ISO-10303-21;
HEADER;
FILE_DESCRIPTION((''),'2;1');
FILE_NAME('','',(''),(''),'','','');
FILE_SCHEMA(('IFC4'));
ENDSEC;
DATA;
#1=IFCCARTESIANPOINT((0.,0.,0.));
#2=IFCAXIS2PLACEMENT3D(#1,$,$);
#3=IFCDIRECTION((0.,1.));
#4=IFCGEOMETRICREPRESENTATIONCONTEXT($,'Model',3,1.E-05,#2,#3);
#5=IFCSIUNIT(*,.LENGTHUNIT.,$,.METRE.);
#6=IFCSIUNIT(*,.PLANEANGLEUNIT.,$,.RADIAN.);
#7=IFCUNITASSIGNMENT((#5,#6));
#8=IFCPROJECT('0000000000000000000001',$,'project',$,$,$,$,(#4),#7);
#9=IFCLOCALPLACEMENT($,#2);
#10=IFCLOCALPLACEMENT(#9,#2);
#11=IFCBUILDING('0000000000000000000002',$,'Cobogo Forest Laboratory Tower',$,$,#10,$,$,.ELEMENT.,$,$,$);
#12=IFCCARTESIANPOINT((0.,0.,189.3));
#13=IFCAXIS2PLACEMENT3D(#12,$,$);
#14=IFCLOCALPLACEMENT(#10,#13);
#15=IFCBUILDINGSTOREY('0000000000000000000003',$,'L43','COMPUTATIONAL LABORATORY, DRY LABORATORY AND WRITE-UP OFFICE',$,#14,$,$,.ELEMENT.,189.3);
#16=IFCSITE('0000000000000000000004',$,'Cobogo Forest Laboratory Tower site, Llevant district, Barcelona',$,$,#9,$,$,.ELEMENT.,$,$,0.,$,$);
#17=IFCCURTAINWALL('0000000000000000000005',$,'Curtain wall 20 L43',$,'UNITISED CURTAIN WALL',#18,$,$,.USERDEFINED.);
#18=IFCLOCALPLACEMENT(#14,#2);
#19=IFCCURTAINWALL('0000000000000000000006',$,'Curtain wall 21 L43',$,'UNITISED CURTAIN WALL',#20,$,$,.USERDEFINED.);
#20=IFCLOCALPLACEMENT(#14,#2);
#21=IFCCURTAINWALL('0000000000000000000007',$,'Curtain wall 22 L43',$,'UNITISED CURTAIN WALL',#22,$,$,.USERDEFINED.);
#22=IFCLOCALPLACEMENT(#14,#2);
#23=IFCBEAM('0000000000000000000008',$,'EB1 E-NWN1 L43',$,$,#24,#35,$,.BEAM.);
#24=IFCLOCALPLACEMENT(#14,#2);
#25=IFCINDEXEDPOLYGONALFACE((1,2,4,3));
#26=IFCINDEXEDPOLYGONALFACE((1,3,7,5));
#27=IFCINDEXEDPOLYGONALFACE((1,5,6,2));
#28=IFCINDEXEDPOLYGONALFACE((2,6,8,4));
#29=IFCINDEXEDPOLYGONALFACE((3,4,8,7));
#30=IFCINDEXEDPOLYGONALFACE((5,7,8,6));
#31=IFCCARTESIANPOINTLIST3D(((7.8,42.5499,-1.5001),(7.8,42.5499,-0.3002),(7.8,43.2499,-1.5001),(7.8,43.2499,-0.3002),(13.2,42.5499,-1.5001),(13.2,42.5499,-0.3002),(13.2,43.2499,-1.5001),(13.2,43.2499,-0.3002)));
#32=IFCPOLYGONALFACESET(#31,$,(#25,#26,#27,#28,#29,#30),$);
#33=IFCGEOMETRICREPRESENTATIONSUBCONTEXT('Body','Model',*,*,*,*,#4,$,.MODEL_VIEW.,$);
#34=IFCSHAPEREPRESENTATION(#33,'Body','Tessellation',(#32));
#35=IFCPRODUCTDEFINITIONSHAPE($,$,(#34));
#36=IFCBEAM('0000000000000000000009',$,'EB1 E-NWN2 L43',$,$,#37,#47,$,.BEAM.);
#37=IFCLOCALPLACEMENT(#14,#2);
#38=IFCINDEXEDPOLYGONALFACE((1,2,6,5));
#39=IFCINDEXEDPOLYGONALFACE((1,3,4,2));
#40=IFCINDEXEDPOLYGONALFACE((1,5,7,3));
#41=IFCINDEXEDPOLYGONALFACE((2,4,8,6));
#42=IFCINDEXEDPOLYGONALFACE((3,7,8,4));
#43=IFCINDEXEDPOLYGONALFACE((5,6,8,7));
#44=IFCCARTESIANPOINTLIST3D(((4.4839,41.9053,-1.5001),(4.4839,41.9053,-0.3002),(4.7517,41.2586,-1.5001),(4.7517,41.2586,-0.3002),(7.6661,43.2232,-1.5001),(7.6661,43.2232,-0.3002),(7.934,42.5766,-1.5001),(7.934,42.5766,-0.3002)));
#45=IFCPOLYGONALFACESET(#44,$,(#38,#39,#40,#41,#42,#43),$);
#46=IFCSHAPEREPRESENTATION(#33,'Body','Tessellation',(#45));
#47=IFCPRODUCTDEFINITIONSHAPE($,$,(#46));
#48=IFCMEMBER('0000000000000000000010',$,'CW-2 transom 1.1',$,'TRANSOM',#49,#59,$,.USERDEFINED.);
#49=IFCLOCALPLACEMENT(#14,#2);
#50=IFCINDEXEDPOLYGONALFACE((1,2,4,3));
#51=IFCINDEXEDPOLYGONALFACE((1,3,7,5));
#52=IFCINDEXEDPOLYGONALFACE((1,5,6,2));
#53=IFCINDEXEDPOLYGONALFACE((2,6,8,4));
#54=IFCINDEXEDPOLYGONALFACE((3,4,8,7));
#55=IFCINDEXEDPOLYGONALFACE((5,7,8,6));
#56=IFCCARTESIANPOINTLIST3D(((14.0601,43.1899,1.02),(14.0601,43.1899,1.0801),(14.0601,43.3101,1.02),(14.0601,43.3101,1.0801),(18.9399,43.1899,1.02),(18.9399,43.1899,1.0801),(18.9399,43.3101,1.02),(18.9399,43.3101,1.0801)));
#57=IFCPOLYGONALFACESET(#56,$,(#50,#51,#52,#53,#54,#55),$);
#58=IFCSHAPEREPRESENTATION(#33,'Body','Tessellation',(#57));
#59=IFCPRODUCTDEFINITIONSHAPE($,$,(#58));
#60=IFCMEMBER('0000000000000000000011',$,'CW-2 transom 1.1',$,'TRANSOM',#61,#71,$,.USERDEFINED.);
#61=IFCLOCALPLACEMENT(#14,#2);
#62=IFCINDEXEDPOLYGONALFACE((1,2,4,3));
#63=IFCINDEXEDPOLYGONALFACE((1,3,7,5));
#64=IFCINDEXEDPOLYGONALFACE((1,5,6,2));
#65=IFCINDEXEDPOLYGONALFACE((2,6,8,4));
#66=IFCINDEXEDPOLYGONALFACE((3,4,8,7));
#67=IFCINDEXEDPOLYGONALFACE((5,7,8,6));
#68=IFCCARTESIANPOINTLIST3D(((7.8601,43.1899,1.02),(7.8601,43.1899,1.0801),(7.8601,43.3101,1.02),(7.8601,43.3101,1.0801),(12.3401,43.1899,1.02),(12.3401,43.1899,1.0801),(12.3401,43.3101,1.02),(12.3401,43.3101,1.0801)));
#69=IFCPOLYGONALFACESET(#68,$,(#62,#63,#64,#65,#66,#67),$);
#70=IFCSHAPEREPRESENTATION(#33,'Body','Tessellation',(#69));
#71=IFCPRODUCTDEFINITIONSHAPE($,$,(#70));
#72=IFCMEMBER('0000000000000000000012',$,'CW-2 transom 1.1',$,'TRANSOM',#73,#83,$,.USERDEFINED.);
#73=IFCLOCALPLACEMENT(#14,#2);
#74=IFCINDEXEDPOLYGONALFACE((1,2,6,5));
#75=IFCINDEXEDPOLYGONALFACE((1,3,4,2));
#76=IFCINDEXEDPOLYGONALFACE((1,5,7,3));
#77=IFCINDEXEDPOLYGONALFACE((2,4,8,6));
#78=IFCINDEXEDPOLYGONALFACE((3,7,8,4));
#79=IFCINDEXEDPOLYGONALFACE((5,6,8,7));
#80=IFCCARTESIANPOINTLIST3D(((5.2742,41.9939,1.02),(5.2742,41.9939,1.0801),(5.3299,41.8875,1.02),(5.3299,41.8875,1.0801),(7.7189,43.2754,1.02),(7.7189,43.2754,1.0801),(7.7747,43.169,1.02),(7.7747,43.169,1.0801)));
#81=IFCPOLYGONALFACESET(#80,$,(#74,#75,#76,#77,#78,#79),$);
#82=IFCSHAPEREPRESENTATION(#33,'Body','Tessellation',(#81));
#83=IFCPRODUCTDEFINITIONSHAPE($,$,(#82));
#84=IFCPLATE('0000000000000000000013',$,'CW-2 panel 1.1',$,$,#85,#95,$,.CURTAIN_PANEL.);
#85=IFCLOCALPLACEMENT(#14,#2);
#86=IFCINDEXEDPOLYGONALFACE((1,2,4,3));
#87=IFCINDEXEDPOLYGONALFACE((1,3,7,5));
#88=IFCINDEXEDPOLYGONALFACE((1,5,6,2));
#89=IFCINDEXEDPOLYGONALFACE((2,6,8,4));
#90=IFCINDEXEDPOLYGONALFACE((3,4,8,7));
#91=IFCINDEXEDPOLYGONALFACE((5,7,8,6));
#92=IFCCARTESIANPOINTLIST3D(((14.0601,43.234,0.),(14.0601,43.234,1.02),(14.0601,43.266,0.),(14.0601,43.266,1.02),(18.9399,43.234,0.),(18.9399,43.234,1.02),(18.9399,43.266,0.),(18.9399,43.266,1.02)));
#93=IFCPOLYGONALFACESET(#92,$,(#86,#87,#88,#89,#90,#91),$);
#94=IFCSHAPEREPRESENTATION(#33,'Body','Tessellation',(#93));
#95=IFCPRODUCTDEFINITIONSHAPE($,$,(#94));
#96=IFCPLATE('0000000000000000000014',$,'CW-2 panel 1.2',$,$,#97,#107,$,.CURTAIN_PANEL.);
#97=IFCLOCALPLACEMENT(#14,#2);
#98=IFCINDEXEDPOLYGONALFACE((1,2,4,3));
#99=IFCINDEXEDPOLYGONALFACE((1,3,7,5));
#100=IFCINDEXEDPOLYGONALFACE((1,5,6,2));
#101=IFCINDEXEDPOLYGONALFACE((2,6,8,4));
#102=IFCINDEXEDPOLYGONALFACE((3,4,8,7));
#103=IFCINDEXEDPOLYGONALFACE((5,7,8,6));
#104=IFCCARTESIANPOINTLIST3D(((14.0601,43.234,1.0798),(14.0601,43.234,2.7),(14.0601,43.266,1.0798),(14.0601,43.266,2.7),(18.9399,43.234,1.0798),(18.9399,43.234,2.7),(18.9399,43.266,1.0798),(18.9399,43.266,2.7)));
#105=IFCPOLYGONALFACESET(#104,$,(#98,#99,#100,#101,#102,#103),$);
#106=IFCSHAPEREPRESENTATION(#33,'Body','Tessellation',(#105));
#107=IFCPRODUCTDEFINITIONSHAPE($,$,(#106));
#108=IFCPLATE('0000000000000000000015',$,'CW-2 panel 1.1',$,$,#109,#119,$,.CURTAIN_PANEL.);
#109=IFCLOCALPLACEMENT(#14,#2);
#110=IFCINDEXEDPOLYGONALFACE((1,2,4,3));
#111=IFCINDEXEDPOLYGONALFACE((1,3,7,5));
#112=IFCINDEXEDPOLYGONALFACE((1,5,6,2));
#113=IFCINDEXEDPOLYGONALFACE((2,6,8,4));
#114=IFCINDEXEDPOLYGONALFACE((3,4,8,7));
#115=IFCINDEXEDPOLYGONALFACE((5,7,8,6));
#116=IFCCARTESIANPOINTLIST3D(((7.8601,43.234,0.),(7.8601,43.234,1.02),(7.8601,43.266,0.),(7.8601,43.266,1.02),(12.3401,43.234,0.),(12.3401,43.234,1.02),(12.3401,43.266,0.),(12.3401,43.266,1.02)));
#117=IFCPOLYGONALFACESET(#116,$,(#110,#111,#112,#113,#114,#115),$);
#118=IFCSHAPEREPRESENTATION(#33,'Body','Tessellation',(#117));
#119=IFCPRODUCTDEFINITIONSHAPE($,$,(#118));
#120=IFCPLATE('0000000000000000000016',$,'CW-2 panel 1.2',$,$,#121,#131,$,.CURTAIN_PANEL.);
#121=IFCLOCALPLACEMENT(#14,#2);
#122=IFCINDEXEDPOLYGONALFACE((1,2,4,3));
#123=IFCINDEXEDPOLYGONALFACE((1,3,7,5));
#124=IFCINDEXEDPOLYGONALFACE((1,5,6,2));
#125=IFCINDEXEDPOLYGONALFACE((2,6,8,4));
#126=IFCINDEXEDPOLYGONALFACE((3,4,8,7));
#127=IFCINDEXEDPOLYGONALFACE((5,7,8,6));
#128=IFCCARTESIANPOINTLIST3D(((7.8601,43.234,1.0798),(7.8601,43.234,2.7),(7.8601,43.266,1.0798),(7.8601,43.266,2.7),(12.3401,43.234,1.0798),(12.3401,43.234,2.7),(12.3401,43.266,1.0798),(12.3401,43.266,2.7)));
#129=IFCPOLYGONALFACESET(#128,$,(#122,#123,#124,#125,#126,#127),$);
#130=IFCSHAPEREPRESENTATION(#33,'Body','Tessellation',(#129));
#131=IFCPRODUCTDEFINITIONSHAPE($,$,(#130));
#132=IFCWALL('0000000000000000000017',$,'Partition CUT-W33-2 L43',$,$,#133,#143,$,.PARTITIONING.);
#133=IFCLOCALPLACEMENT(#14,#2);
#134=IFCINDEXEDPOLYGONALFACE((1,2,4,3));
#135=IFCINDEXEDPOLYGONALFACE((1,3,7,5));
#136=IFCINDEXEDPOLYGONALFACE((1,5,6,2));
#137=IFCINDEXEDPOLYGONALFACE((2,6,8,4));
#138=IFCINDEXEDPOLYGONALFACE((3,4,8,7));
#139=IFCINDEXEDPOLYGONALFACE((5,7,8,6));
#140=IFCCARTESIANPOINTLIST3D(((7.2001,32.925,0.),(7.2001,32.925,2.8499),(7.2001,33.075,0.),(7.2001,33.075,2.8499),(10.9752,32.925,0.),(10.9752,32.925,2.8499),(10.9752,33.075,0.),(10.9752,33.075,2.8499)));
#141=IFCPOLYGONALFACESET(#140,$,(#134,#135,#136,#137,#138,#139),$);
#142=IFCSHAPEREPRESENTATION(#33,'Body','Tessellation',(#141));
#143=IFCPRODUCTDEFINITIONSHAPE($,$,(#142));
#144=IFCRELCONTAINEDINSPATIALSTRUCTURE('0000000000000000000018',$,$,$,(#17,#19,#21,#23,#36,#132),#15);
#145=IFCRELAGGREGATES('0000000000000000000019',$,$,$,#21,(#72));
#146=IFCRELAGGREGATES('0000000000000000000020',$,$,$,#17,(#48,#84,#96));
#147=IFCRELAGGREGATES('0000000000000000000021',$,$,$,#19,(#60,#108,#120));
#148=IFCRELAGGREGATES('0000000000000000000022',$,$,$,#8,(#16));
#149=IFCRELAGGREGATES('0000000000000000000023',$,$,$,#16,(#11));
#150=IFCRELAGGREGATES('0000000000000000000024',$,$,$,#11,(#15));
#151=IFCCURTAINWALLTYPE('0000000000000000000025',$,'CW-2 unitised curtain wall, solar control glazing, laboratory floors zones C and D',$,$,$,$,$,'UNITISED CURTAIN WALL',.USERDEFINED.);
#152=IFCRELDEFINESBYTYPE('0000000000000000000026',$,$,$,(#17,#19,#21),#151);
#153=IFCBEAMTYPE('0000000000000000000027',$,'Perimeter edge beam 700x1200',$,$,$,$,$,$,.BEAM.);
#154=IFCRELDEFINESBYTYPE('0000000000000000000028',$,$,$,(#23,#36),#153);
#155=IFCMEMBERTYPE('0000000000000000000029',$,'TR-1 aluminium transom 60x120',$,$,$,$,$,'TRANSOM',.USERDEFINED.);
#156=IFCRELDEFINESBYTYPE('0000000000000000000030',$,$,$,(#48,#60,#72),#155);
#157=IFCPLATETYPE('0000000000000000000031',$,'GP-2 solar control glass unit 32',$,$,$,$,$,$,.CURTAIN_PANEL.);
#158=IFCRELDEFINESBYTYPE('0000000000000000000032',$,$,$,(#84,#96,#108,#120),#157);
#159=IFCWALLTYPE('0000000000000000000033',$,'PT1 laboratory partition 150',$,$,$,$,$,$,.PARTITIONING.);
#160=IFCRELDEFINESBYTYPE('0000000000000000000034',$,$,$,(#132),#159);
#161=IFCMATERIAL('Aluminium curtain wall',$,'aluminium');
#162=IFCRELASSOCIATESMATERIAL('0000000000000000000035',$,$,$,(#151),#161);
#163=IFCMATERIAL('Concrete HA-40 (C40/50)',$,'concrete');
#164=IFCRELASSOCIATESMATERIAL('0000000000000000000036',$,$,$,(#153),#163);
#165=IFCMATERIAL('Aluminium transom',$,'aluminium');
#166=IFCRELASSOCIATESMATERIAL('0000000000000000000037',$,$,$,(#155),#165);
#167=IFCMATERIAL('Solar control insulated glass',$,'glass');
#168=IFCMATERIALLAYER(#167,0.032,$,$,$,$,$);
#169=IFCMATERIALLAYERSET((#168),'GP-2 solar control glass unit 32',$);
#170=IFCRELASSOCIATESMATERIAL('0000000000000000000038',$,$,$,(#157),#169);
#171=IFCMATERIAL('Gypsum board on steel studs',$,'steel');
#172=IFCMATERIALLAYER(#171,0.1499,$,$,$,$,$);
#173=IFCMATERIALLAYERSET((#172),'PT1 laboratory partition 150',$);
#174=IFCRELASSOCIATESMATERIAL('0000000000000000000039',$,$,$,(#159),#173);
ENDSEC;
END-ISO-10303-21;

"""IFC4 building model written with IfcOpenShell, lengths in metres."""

from ifc_helpers import new_model, si_unit, direction, frame, frame_2d, origin, origin_2d, place, context, subcontext, project, spatial, rectangle, extrude, material, layer, layer_set, material_profile, profile_set, type_object, element, aggregate, save


model = new_model("IFC4")

# Units and contexts
model_context = context("Model", 3, precision=1e-05, world=origin(), true_north=direction((0.0, 1.0)))
body_context = subcontext(model_context, "Body", "Model", "MODEL_VIEW")
ifc_project = project(units=[si_unit("LENGTHUNIT", "METRE"), si_unit("PLANEANGLEUNIT", "RADIAN")], contexts=[model_context])

# Site, building, storey
site_placement = place(None, origin())
site = spatial("IfcSite", under=ifc_project, at=site_placement, Name="Cobogo Forest Laboratory Tower site, Llevant district, Barcelona", CompositionType="ELEMENT", RefElevation=0.0)
building_placement = place(site_placement, origin())
building = spatial("IfcBuilding", under=site, at=building_placement, Name="Cobogo Forest Laboratory Tower", CompositionType="ELEMENT")
storey_placement = place(building_placement, frame((0.0, 0.0, 189.3)))
storey = spatial("IfcBuildingStorey", under=building, at=storey_placement, Name="L43", Description="COMPUTATIONAL LABORATORY, DRY LABORATORY AND WRITE-UP OFFICE", CompositionType="ELEMENT", Elevation=189.3)

# Shared definitions
ifc_material_1 = material(Name="Concrete HA-40 (C40/50)", Category="concrete")

# Curtain walls
ifc_material_2 = material(Name="Aluminium curtain wall", Category="aluminium")
curtain_wall_type = type_object("IfcCurtainWallType", Name="CW-2 unitised curtain wall, solar control glazing, laboratory floors zones C and D", ElementType="UNITISED CURTAIN WALL", PredefinedType="USERDEFINED", material=ifc_material_2)
curtain_wall_1_placement = place(storey_placement, origin())
curtain_wall_1 = element("IfcCurtainWall", 1, at=curtain_wall_1_placement, inside=storey, type_object=curtain_wall_type, Name="Curtain wall 20 L43", ObjectType="UNITISED CURTAIN WALL", PredefinedType="USERDEFINED")
curtain_wall_2_placement = place(storey_placement, origin())
curtain_wall_2 = element("IfcCurtainWall", 2, at=curtain_wall_2_placement, inside=storey, type_object=curtain_wall_type, Name="Curtain wall 21 L43", ObjectType="UNITISED CURTAIN WALL", PredefinedType="USERDEFINED")

# Curtain wall
curtain_wall_3_placement = place(storey_placement, origin())
curtain_wall_3 = element("IfcCurtainWall", 3, at=curtain_wall_3_placement, inside=storey, type_object=curtain_wall_type, Name="Curtain wall 22 L43", ObjectType="UNITISED CURTAIN WALL", PredefinedType="USERDEFINED")

# Beams
ifc_material_profile_1 = material_profile(ifc_material_1, rectangle(XDim=0.7, YDim=1.2, at=origin_2d()), Name="RC 700x1200")
ifc_profile_set_1 = profile_set([ifc_material_profile_1], Name="Concrete HA-40 (C40/50)")
beam_type_1 = type_object("IfcBeamType", Name="Perimeter edge beam 700x1200", PredefinedType="BEAM", material=ifc_profile_set_1)
beam_1_placement = place(storey_placement, frame((13.2, 42.8999, -0.9001), z_axis=(-1.0, 0.0, 0.0), x_axis=(0.0, -1.0, 0.0)))
element("IfcBeam", 4, at=beam_1_placement, inside=storey, type_object=beam_type_1, Name="EB1 E-NWN1 L43", PredefinedType="BEAM", context=body_context, shape_type="SweptSolid", body=[
    extrude(rectangle(XDim=0.7, YDim=1.2, at=origin_2d()), origin(), (0.0, 0.0, 1.0), 5.3999),
])
beam_2_placement = place(storey_placement, frame((7.8, 42.8999, -0.9001), z_axis=(-0.923901, -0.382631, 0.0), x_axis=(0.382631, -0.923901, 0.0)))
element("IfcBeam", 5, at=beam_2_placement, inside=storey, type_object=beam_type_1, Name="EB1 E-NWN2 L43", PredefinedType="BEAM", context=body_context, shape_type="SweptSolid", body=[
    extrude(rectangle(XDim=0.7, YDim=1.2, at=origin_2d()), origin(), (0.0, 0.0, 1.0), 3.4443),
])

# Members
ifc_material_3 = material(Name="Aluminium transom", Category="aluminium")
ifc_material_profile_2 = material_profile(ifc_material_3, rectangle(XDim=0.1201, YDim=0.0601, at=origin_2d()), Name="AL 60x120")
ifc_profile_set_2 = profile_set([ifc_material_profile_2], Name="Aluminium transom")
member_type_1 = type_object("IfcMemberType", Name="TR-1 aluminium transom 60x120", ElementType="TRANSOM", PredefinedType="USERDEFINED", material=ifc_profile_set_2)
member_1_placement = place(storey_placement, frame((18.9399, 43.25, 1.05), z_axis=(-1.0, 0.0, 0.0), x_axis=(0.0, -1.0, 0.0)))
member_1 = element("IfcMember", 6, at=member_1_placement, type_object=member_type_1, Name="CW-2 transom 1.1", ObjectType="TRANSOM", PredefinedType="USERDEFINED", context=body_context, shape_type="SweptSolid", body=[
    extrude(rectangle(XDim=0.1201, YDim=0.0601, at=origin_2d()), origin(), (0.0, 0.0, 1.0), 4.8799),
])
member_2_placement = place(storey_placement, frame((12.3401, 43.25, 1.05), z_axis=(-1.0, 0.0, 0.0), x_axis=(0.0, -1.0, 0.0)))
member_2 = element("IfcMember", 7, at=member_2_placement, type_object=member_type_1, Name="CW-2 transom 1.1", ObjectType="TRANSOM", PredefinedType="USERDEFINED", context=body_context, shape_type="SweptSolid", body=[
    extrude(rectangle(XDim=0.1201, YDim=0.0601, at=origin_2d()), origin(), (0.0, 0.0, 1.0), 4.48),
])
member_3_placement = place(storey_placement, frame((7.7468, 43.2222, 1.05), z_axis=(-0.885702, -0.464255, 0.0), x_axis=(0.464255, -0.885702, 0.0)))
member_3 = element("IfcMember", 8, at=member_3_placement, type_object=member_type_1, Name="CW-2 transom 1.1", ObjectType="TRANSOM", PredefinedType="USERDEFINED", context=body_context, shape_type="SweptSolid", body=[
    extrude(rectangle(XDim=0.1201, YDim=0.0601, at=origin_2d()), origin(), (0.0, 0.0, 1.0), 2.7603),
])
aggregate(curtain_wall_3, [member_3])

# Plates
ifc_material_4 = material(Name="Solar control insulated glass", Category="glass")
ifc_layer_1 = layer(ifc_material_4, 0.032)
ifc_layer_set_1 = layer_set([ifc_layer_1], Name="GP-2 solar control glass unit 32")
plate_type_1 = type_object("IfcPlateType", Name="GP-2 solar control glass unit 32", PredefinedType="CURTAIN_PANEL", material=ifc_layer_set_1)
plate_1_placement = place(storey_placement, frame((16.5, 43.25, 0.0), z_axis=(0.0, 0.0, 1.0), x_axis=(-1.0, 0.0, 0.0)))
plate_1 = element("IfcPlate", 9, at=plate_1_placement, type_object=plate_type_1, Name="CW-2 panel 1.1", PredefinedType="CURTAIN_PANEL", context=body_context, shape_type="SweptSolid", body=[
    extrude(rectangle(XDim=4.8799, YDim=0.032, at=origin_2d()), origin(), (0.0, 0.0, 1.0), 1.02),
])
plate_2_placement = place(storey_placement, frame((16.5, 43.25, 1.0798), z_axis=(0.0, 0.0, 1.0), x_axis=(-1.0, 0.0, 0.0)))
plate_2 = element("IfcPlate", 10, at=plate_2_placement, type_object=plate_type_1, Name="CW-2 panel 1.2", PredefinedType="CURTAIN_PANEL", context=body_context, shape_type="SweptSolid", body=[
    extrude(rectangle(XDim=4.8799, YDim=0.032, at=origin_2d()), origin(), (0.0, 0.0, 1.0), 1.6201),
])
aggregate(curtain_wall_1, [member_1, plate_1, plate_2])
plate_3_placement = place(storey_placement, frame((10.1001, 43.25, 0.0), z_axis=(0.0, 0.0, 1.0), x_axis=(-1.0, 0.0, 0.0)))
plate_3 = element("IfcPlate", 11, at=plate_3_placement, type_object=plate_type_1, Name="CW-2 panel 1.1", PredefinedType="CURTAIN_PANEL", context=body_context, shape_type="SweptSolid", body=[
    extrude(rectangle(XDim=4.48, YDim=0.032, at=origin_2d()), origin(), (0.0, 0.0, 1.0), 1.02),
])
plate_4_placement = place(storey_placement, frame((10.1001, 43.25, 1.0798), z_axis=(0.0, 0.0, 1.0), x_axis=(-1.0, 0.0, 0.0)))
plate_4 = element("IfcPlate", 12, at=plate_4_placement, type_object=plate_type_1, Name="CW-2 panel 1.2", PredefinedType="CURTAIN_PANEL", context=body_context, shape_type="SweptSolid", body=[
    extrude(rectangle(XDim=4.48, YDim=0.032, at=origin_2d()), origin(), (0.0, 0.0, 1.0), 1.6201),
])
aggregate(curtain_wall_2, [member_2, plate_3, plate_4])

# Wall
ifc_material_5 = material(Name="Gypsum board on steel studs", Category="steel")
ifc_layer_2 = layer(ifc_material_5, 0.1499)
ifc_layer_set_2 = layer_set([ifc_layer_2], Name="PT1 laboratory partition 150")
wall_type_1 = type_object("IfcWallType", Name="PT1 laboratory partition 150", PredefinedType="PARTITIONING", material=ifc_layer_set_2)
wall_1_placement = place(storey_placement, frame((7.2, 33.0, 0.0), z_axis=(0.0, 0.0, 1.0), x_axis=(1.0, 0.0, 0.0)))
element("IfcWall", 13, at=wall_1_placement, inside=storey, type_object=wall_type_1, Name="Partition CUT-W33-2 L43", PredefinedType="PARTITIONING", context=body_context, shape_type="SweptSolid", body=[
    extrude(rectangle(XDim=3.7751, YDim=0.1499, at=frame_2d((1.8877, 0.0))), origin(), (0.0, 0.0, 1.0), 2.8499),
])

save(model, "model.ifc")
